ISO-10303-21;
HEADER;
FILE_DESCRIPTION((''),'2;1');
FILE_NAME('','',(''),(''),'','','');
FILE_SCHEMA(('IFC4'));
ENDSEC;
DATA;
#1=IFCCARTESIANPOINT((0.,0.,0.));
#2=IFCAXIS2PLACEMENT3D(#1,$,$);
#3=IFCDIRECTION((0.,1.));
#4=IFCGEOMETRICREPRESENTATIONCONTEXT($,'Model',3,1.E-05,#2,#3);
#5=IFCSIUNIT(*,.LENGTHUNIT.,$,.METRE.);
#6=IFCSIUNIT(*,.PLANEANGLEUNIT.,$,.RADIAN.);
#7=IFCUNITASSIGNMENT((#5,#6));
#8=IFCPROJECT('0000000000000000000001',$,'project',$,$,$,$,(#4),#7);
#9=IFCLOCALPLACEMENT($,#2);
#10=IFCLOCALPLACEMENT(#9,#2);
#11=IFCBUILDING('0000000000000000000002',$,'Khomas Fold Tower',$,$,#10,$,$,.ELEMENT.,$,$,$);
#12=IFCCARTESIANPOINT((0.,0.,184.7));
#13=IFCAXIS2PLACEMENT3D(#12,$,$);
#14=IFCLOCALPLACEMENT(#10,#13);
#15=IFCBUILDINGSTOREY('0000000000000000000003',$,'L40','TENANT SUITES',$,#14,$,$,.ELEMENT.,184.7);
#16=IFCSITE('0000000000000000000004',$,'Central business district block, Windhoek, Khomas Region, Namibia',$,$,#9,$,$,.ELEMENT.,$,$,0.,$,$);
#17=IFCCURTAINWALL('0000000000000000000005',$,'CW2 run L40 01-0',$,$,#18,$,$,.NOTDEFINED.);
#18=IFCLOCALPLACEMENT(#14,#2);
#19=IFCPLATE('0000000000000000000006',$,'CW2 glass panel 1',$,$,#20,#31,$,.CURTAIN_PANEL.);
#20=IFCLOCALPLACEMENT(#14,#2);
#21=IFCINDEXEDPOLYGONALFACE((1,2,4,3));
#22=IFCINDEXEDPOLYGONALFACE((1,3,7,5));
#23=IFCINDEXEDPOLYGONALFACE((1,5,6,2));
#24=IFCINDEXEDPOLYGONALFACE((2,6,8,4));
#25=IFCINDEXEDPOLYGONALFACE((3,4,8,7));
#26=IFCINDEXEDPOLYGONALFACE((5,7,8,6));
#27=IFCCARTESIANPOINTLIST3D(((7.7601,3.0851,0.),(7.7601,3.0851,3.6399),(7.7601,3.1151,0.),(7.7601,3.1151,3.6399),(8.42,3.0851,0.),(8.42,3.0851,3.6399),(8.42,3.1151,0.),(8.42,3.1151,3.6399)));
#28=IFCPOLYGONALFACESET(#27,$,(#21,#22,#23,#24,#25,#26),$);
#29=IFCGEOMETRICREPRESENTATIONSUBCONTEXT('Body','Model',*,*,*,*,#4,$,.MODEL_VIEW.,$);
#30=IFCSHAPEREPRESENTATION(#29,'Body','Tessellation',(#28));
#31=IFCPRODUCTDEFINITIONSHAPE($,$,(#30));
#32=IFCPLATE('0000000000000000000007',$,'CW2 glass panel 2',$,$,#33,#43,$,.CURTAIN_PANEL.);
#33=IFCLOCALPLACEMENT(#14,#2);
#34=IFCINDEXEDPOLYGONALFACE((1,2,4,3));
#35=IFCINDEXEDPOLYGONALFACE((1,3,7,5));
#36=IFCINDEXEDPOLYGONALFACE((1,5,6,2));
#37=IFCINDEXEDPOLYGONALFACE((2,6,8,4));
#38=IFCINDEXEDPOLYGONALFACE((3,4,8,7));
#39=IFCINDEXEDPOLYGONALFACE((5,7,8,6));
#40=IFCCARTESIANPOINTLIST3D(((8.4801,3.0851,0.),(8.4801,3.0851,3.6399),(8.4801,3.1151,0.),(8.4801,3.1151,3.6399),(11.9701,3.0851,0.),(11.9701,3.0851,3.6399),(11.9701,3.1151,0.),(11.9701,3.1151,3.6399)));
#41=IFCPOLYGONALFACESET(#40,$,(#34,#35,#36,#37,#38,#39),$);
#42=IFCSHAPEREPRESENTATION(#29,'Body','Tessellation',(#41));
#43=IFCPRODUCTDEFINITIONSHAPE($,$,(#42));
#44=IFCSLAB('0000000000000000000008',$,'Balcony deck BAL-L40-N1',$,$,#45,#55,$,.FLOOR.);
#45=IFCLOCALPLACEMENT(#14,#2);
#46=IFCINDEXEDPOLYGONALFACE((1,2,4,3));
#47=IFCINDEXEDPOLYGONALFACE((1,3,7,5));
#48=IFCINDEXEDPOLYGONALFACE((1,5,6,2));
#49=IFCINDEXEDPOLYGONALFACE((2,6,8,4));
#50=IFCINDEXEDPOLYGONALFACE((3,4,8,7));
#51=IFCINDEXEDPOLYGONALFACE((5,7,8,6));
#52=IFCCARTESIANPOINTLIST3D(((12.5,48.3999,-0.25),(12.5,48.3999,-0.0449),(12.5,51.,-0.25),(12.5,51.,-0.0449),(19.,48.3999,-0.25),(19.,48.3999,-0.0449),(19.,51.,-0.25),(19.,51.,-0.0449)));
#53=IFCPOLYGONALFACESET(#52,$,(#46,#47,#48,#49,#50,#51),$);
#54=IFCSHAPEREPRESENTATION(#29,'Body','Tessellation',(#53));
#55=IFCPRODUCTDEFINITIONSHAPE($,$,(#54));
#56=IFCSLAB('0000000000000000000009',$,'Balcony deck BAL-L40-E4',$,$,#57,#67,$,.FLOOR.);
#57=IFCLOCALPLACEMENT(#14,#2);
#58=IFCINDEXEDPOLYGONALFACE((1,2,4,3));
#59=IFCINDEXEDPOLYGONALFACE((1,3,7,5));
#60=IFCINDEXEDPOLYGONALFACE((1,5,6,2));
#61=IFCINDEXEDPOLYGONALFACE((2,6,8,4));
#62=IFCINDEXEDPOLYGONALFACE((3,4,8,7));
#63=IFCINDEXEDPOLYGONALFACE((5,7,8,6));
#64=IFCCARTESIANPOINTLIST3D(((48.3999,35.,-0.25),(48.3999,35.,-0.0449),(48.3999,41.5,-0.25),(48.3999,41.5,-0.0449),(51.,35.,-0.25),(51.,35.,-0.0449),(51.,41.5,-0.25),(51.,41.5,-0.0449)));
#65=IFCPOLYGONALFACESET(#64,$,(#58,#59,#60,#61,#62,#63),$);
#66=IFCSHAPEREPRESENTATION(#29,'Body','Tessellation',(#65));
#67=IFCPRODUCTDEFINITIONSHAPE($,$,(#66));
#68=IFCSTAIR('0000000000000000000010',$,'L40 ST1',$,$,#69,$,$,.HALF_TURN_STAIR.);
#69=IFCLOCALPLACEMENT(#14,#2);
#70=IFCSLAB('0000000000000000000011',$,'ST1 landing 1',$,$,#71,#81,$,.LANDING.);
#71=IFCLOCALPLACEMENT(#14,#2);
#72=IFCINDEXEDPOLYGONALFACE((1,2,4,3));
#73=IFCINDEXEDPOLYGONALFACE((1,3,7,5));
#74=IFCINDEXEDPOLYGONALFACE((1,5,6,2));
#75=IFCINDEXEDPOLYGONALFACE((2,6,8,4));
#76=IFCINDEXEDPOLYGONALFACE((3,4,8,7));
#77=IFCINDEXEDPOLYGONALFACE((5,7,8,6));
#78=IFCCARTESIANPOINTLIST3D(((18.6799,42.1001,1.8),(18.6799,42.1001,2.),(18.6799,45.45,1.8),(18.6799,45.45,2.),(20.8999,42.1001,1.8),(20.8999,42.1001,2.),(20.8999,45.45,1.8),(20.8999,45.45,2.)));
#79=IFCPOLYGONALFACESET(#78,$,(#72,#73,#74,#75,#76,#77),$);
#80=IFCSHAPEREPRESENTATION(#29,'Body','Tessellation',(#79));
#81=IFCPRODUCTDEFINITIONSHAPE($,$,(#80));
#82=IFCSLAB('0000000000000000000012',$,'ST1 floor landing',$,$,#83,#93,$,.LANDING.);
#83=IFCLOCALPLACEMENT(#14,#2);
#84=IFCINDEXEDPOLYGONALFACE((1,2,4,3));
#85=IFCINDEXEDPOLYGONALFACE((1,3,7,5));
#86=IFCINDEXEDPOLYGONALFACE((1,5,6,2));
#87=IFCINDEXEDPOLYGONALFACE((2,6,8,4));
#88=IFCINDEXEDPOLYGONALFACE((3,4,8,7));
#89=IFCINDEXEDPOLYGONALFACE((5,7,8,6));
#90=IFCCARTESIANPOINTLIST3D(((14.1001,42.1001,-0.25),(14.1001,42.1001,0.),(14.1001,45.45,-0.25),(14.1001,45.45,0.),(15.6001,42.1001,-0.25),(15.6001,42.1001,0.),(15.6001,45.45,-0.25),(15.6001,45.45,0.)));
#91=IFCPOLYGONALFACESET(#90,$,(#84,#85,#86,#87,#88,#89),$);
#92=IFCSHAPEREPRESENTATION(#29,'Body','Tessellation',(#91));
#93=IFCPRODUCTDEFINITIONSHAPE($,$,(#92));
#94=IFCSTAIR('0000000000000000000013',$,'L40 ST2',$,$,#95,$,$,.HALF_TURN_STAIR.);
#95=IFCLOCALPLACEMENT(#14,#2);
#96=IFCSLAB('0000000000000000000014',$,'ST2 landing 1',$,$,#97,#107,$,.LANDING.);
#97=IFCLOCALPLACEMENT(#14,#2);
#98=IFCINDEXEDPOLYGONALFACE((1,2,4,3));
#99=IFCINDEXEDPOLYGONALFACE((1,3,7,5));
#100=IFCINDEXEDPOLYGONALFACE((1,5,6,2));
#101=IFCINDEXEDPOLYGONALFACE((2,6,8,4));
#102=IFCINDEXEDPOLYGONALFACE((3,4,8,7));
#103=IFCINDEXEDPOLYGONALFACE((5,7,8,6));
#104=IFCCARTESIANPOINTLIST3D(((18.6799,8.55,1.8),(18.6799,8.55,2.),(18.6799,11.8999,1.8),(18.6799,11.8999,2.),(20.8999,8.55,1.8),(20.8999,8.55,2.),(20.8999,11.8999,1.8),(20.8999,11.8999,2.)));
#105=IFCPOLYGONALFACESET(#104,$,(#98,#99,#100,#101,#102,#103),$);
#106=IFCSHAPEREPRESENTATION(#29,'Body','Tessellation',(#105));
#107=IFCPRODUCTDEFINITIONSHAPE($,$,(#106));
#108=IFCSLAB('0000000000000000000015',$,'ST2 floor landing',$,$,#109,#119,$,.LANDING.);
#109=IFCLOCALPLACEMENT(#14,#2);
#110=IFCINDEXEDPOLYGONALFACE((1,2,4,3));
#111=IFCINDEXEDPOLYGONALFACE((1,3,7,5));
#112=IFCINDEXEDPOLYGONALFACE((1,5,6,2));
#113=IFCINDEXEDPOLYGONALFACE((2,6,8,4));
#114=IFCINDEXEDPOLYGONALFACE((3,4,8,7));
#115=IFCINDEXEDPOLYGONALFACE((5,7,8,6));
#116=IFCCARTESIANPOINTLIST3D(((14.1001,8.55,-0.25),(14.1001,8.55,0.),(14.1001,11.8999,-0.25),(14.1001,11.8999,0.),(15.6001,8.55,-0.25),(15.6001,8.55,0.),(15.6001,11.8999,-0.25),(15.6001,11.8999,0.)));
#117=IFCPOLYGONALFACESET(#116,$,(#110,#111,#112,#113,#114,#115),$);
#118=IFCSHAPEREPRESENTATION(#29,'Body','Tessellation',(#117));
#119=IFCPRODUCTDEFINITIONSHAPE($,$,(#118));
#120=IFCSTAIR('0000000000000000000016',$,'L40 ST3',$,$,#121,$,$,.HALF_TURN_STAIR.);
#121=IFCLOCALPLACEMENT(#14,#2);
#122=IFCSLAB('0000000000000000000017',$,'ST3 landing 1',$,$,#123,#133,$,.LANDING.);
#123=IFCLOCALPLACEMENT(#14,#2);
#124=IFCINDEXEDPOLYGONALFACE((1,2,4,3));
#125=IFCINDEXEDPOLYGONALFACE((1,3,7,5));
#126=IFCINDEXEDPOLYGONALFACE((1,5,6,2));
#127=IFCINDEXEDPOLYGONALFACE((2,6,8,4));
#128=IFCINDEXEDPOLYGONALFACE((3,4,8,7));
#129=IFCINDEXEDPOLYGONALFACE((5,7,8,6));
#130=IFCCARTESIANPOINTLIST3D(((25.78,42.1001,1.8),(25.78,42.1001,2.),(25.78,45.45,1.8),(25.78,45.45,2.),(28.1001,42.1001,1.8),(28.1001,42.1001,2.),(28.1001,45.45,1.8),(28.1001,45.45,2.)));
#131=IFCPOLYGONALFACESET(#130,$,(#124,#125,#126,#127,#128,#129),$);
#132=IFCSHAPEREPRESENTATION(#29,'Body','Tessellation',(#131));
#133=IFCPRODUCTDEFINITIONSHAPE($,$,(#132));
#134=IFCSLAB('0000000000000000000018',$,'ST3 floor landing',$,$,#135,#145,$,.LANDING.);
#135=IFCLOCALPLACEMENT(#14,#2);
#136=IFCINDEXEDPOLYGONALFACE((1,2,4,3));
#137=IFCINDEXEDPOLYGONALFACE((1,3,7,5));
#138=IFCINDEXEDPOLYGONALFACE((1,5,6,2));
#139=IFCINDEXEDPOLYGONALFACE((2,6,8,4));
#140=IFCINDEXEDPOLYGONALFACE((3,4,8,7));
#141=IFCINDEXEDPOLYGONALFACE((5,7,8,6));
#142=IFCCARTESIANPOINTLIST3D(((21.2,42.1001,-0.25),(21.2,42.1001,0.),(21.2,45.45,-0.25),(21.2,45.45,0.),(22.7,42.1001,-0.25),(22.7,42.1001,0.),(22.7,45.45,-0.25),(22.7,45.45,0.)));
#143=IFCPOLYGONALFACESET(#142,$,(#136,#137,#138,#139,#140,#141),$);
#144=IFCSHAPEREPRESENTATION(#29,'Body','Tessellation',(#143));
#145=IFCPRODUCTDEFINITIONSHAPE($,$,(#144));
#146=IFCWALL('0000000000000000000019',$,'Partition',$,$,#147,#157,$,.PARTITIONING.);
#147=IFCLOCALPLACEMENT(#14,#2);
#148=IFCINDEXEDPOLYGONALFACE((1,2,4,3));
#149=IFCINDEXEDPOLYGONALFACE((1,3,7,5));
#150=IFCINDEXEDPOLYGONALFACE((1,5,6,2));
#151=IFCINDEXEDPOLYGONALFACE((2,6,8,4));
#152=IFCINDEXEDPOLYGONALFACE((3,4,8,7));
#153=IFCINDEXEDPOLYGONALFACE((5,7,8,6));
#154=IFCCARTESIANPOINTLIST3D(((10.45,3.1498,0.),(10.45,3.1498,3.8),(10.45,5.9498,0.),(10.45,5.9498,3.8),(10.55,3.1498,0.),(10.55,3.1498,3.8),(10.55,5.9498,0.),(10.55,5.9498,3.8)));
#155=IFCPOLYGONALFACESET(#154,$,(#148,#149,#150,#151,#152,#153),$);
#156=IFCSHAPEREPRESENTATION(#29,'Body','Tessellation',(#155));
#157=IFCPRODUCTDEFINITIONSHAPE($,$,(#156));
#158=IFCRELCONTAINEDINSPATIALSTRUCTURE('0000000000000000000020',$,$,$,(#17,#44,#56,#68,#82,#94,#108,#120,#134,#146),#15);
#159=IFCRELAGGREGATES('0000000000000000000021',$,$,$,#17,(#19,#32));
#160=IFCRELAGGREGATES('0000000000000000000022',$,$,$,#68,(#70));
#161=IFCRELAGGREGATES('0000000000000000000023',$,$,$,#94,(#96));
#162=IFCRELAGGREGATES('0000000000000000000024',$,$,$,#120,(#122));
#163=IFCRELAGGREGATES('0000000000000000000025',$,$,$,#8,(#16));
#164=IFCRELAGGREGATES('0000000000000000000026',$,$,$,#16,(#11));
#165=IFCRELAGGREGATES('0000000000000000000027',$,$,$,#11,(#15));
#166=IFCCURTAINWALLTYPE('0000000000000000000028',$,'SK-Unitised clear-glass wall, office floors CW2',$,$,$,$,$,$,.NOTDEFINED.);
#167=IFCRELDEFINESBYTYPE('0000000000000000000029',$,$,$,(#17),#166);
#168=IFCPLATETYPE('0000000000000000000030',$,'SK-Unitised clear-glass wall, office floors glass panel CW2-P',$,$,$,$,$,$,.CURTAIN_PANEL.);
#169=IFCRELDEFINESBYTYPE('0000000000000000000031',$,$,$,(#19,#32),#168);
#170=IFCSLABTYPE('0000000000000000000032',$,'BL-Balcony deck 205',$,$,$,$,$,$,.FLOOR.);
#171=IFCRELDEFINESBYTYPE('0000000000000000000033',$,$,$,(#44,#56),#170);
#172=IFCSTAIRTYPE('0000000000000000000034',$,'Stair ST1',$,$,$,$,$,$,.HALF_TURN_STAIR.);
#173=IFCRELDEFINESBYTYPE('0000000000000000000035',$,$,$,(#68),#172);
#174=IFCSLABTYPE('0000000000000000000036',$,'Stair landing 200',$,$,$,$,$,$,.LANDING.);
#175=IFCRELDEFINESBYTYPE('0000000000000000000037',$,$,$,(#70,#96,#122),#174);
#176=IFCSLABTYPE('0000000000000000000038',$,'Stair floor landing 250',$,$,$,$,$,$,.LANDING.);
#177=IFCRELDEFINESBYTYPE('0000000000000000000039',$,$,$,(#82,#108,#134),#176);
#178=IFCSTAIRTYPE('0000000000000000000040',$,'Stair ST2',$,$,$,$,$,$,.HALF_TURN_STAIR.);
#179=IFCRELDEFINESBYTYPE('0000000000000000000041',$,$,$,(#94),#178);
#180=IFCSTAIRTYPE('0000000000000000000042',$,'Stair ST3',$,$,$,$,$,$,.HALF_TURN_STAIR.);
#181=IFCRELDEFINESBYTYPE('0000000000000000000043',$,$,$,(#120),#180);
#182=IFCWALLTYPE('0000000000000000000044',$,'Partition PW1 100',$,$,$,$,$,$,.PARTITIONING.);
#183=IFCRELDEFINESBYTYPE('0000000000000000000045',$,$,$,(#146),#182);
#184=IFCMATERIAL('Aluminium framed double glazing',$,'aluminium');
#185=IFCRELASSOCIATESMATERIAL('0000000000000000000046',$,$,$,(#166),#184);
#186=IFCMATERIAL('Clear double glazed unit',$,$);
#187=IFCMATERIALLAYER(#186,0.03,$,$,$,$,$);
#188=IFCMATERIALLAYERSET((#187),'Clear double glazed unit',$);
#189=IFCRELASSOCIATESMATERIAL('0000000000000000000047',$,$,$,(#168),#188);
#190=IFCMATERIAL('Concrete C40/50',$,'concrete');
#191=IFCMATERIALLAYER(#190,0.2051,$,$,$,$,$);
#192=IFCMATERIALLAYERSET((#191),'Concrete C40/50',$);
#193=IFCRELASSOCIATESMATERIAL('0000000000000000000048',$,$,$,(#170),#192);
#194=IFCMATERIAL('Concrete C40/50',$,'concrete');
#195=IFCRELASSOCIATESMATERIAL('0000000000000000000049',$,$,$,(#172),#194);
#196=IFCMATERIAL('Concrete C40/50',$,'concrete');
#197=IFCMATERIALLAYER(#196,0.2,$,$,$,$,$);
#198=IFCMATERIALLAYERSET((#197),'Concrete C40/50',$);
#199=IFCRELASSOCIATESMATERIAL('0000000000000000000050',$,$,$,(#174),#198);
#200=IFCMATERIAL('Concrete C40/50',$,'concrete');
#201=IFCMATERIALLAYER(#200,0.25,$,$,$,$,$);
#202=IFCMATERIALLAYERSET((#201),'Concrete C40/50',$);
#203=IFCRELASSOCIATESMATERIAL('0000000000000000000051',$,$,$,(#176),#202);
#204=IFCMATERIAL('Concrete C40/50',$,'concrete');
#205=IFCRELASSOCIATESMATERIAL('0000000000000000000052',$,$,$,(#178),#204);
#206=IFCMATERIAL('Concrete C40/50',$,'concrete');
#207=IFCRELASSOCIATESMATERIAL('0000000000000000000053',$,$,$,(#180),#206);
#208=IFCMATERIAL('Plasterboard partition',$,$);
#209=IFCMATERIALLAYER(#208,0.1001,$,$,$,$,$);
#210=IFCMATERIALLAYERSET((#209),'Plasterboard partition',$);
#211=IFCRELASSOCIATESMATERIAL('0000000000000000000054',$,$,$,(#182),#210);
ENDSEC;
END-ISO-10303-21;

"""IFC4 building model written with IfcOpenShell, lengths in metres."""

from ifc_helpers import new_model, si_unit, direction, frame, frame_2d, origin, origin_2d, place, context, subcontext, project, spatial, polyline, rectangle, outline, extrude, source, transform, mapped, material, layer, layer_set, type_object, element, aggregate, save


model = new_model("IFC4")

# Units and contexts
model_context = context("Model", 3, precision=1e-05, world=origin(), true_north=direction((0.0, 1.0)))
body_context = subcontext(model_context, "Body", "Model", "MODEL_VIEW")
ifc_project = project(units=[si_unit("LENGTHUNIT", "METRE"), si_unit("PLANEANGLEUNIT", "RADIAN")], contexts=[model_context])

# Site, building, storey
site_placement = place(None, origin())
site = spatial("IfcSite", under=ifc_project, at=site_placement, Name="Central business district block, Windhoek, Khomas Region, Namibia", CompositionType="ELEMENT", RefElevation=0.0)
building_placement = place(site_placement, origin())
building = spatial("IfcBuilding", under=site, at=building_placement, Name="Khomas Fold Tower", CompositionType="ELEMENT")
storey_placement = place(building_placement, frame((0.0, 0.0, 184.7)))
storey = spatial("IfcBuildingStorey", under=building, at=storey_placement, Name="L40", Description="TENANT SUITES", CompositionType="ELEMENT", Elevation=184.7)

# Shared definitions
ifc_material_1 = material(Name="Aluminium framed double glazing", Category="aluminium")
curtain_wall_type = type_object("IfcCurtainWallType", Name="SK-Unitised clear-glass wall, office floors CW2", PredefinedType="NOTDEFINED", material=ifc_material_1)

# Curtain wall
curtain_wall_1_placement = place(storey_placement, origin())
curtain_wall_1 = element("IfcCurtainWall", 1, at=curtain_wall_1_placement, inside=storey, type_object=curtain_wall_type, Name="CW2 run L40 01-0", PredefinedType="NOTDEFINED")

# Plates
ifc_material_2 = material(Name="Clear double glazed unit")
ifc_layer_1 = layer(ifc_material_2, 0.03)
ifc_layer_set_1 = layer_set([ifc_layer_1], Name="Clear double glazed unit")
plate_type_1 = type_object("IfcPlateType", Name="SK-Unitised clear-glass wall, office floors glass panel CW2-P", PredefinedType="CURTAIN_PANEL", material=ifc_layer_set_1)
shared_shape_1 = source(origin(), body_context, "Body", "SweptSolid", [
    extrude(rectangle(XDim=0.6599, YDim=0.03, at=origin_2d()), origin(), (0.0, 0.0, 1.0), 3.6399),
])
plate_1_placement = place(storey_placement, frame((8.0901, 3.1001, 0.0), z_axis=(0.0, 0.0, 1.0), x_axis=(1.0, 0.0, 0.0)))
plate_1 = element("IfcPlate", 2, at=plate_1_placement, type_object=plate_type_1, Name="CW2 glass panel 1", PredefinedType="CURTAIN_PANEL", context=body_context, shape_type="MappedRepresentation", body=[
    mapped(shared_shape_1, transform((0.0, 0.0, 0.0))),
])
shared_shape_2 = source(origin(), body_context, "Body", "SweptSolid", [
    extrude(rectangle(XDim=3.49, YDim=0.03, at=origin_2d()), origin(), (0.0, 0.0, 1.0), 3.6399),
])
plate_2_placement = place(storey_placement, frame((10.2251, 3.1001, 0.0), z_axis=(0.0, 0.0, 1.0), x_axis=(1.0, 0.0, 0.0)))
plate_2 = element("IfcPlate", 3, at=plate_2_placement, type_object=plate_type_1, Name="CW2 glass panel 2", PredefinedType="CURTAIN_PANEL", context=body_context, shape_type="MappedRepresentation", body=[
    mapped(shared_shape_2, transform((0.0, 0.0, 0.0))),
])
aggregate(curtain_wall_1, [plate_1, plate_2])

# Slabs
ifc_material_3 = material(Name="Concrete C40/50", Category="concrete")
ifc_layer_2 = layer(ifc_material_3, 0.2051)
ifc_layer_set_2 = layer_set([ifc_layer_2], Name="Concrete C40/50")
slab_type_1 = type_object("IfcSlabType", Name="BL-Balcony deck 205", PredefinedType="FLOOR", material=ifc_layer_set_2)
shared_shape_3 = source(origin(), body_context, "Body", "SweptSolid", [
    extrude(outline(polyline([(12.5, 48.3999), (19.0, 48.3999), (19.0, 51.0), (12.5, 51.0), (12.5, 48.3999)])), origin(), (0.0, 0.0, 1.0), 0.2051),
])
slab_1_placement = place(storey_placement, frame((0.0, 0.0, -0.25)))
element("IfcSlab", 4, at=slab_1_placement, inside=storey, type_object=slab_type_1, Name="Balcony deck BAL-L40-N1", PredefinedType="FLOOR", context=body_context, shape_type="MappedRepresentation", body=[
    mapped(shared_shape_3, transform((0.0, 0.0, 0.0))),
])
shared_shape_4 = source(origin(), body_context, "Body", "SweptSolid", [
    extrude(outline(polyline([(48.3999, 35.0), (51.0, 35.0), (51.0, 41.5), (48.3999, 41.5), (48.3999, 35.0)])), origin(), (0.0, 0.0, 1.0), 0.2051),
])
slab_2_placement = place(storey_placement, frame((0.0, 0.0, -0.25)))
element("IfcSlab", 5, at=slab_2_placement, inside=storey, type_object=slab_type_1, Name="Balcony deck BAL-L40-E4", PredefinedType="FLOOR", context=body_context, shape_type="MappedRepresentation", body=[
    mapped(shared_shape_4, transform((0.0, 0.0, 0.0))),
])

# Stair, slab
ifc_material_4 = material(Name="Concrete C40/50", Category="concrete")
stair_type_1 = type_object("IfcStairType", Name="Stair ST1", PredefinedType="HALF_TURN_STAIR", material=ifc_material_4)
stair_1_placement = place(storey_placement, origin())
stair_1 = element("IfcStair", 6, at=stair_1_placement, inside=storey, type_object=stair_type_1, Name="L40 ST1", PredefinedType="HALF_TURN_STAIR")
ifc_material_5 = material(Name="Concrete C40/50", Category="concrete")
ifc_layer_3 = layer(ifc_material_5, 0.2)
ifc_layer_set_3 = layer_set([ifc_layer_3], Name="Concrete C40/50")
slab_type_2 = type_object("IfcSlabType", Name="Stair landing 200", PredefinedType="LANDING", material=ifc_layer_set_3)
shared_shape_5 = source(origin(), body_context, "Body", "SweptSolid", [
    extrude(outline(polyline([(18.6799, 42.1001), (20.8999, 42.1001), (20.8999, 45.45), (18.6799, 45.45), (18.6799, 42.1001)])), origin(), (0.0, 0.0, 1.0), 0.2),
])
slab_3_placement = place(storey_placement, frame((0.0, 0.0, 1.8)))
slab_3 = element("IfcSlab", 7, at=slab_3_placement, type_object=slab_type_2, Name="ST1 landing 1", PredefinedType="LANDING", context=body_context, shape_type="MappedRepresentation", body=[
    mapped(shared_shape_5, transform((0.0, 0.0, 0.0))),
])
aggregate(stair_1, [slab_3])

# Slab
ifc_material_6 = material(Name="Concrete C40/50", Category="concrete")
ifc_layer_4 = layer(ifc_material_6, 0.25)
ifc_layer_set_4 = layer_set([ifc_layer_4], Name="Concrete C40/50")
slab_type_3 = type_object("IfcSlabType", Name="Stair floor landing 250", PredefinedType="LANDING", material=ifc_layer_set_4)
shared_shape_6 = source(origin(), body_context, "Body", "SweptSolid", [
    extrude(outline(polyline([(15.6001, 42.1001), (14.1001, 42.1001), (14.1001, 45.45), (15.6001, 45.45), (15.6001, 42.1001)])), origin(), (0.0, 0.0, 1.0), 0.25),
])
slab_4_placement = place(storey_placement, frame((0.0, 0.0, -0.25)))
element("IfcSlab", 8, at=slab_4_placement, inside=storey, type_object=slab_type_3, Name="ST1 floor landing", PredefinedType="LANDING", context=body_context, shape_type="MappedRepresentation", body=[
    mapped(shared_shape_6, transform((0.0, 0.0, 0.0))),
])

# Stair, slab
ifc_material_7 = material(Name="Concrete C40/50", Category="concrete")
stair_type_2 = type_object("IfcStairType", Name="Stair ST2", PredefinedType="HALF_TURN_STAIR", material=ifc_material_7)
stair_2_placement = place(storey_placement, origin())
stair_2 = element("IfcStair", 9, at=stair_2_placement, inside=storey, type_object=stair_type_2, Name="L40 ST2", PredefinedType="HALF_TURN_STAIR")
shared_shape_7 = source(origin(), body_context, "Body", "SweptSolid", [
    extrude(outline(polyline([(18.6799, 8.55), (20.8999, 8.55), (20.8999, 11.8999), (18.6799, 11.8999), (18.6799, 8.55)])), origin(), (0.0, 0.0, 1.0), 0.2),
])
slab_5_placement = place(storey_placement, frame((0.0, 0.0, 1.8)))
slab_5 = element("IfcSlab", 10, at=slab_5_placement, type_object=slab_type_2, Name="ST2 landing 1", PredefinedType="LANDING", context=body_context, shape_type="MappedRepresentation", body=[
    mapped(shared_shape_7, transform((0.0, 0.0, 0.0))),
])
aggregate(stair_2, [slab_5])

# Slab
shared_shape_8 = source(origin(), body_context, "Body", "SweptSolid", [
    extrude(outline(polyline([(15.6001, 8.55), (14.1001, 8.55), (14.1001, 11.8999), (15.6001, 11.8999), (15.6001, 8.55)])), origin(), (0.0, 0.0, 1.0), 0.25),
])
slab_6_placement = place(storey_placement, frame((0.0, 0.0, -0.25)))
element("IfcSlab", 11, at=slab_6_placement, inside=storey, type_object=slab_type_3, Name="ST2 floor landing", PredefinedType="LANDING", context=body_context, shape_type="MappedRepresentation", body=[
    mapped(shared_shape_8, transform((0.0, 0.0, 0.0))),
])

# Stair, slab
ifc_material_8 = material(Name="Concrete C40/50", Category="concrete")
stair_type_3 = type_object("IfcStairType", Name="Stair ST3", PredefinedType="HALF_TURN_STAIR", material=ifc_material_8)
stair_3_placement = place(storey_placement, origin())
stair_3 = element("IfcStair", 12, at=stair_3_placement, inside=storey, type_object=stair_type_3, Name="L40 ST3", PredefinedType="HALF_TURN_STAIR")
shared_shape_9 = source(origin(), body_context, "Body", "SweptSolid", [
    extrude(outline(polyline([(25.78, 42.1001), (28.1001, 42.1001), (28.1001, 45.45), (25.78, 45.45), (25.78, 42.1001)])), origin(), (0.0, 0.0, 1.0), 0.2),
])
slab_7_placement = place(storey_placement, frame((0.0, 0.0, 1.8)))
slab_7 = element("IfcSlab", 13, at=slab_7_placement, type_object=slab_type_2, Name="ST3 landing 1", PredefinedType="LANDING", context=body_context, shape_type="MappedRepresentation", body=[
    mapped(shared_shape_9, transform((0.0, 0.0, 0.0))),
])
aggregate(stair_3, [slab_7])

# Slab
shared_shape_10 = source(origin(), body_context, "Body", "SweptSolid", [
    extrude(outline(polyline([(22.7, 42.1001), (21.2, 42.1001), (21.2, 45.45), (22.7, 45.45), (22.7, 42.1001)])), origin(), (0.0, 0.0, 1.0), 0.25),
])
slab_8_placement = place(storey_placement, frame((0.0, 0.0, -0.25)))
element("IfcSlab", 14, at=slab_8_placement, inside=storey, type_object=slab_type_3, Name="ST3 floor landing", PredefinedType="LANDING", context=body_context, shape_type="MappedRepresentation", body=[
    mapped(shared_shape_10, transform((0.0, 0.0, 0.0))),
])

# Wall
ifc_material_9 = material(Name="Plasterboard partition")
ifc_layer_5 = layer(ifc_material_9, 0.1001)
ifc_layer_set_5 = layer_set([ifc_layer_5], Name="Plasterboard partition")
wall_type_1 = type_object("IfcWallType", Name="Partition PW1 100", PredefinedType="PARTITIONING", material=ifc_layer_set_5)
shared_shape_11 = source(origin(), body_context, "Body", "SweptSolid", [
    extrude(rectangle(XDim=2.8, YDim=0.1001, at=frame_2d((1.3999, 0.0))), origin(), (0.0, 0.0, 1.0), 3.8),
])
wall_1_placement = place(storey_placement, frame((10.5, 3.1499, 0.0), z_axis=(0.0, 0.0, 1.0), x_axis=(0.0, 1.0, 0.0)))
element("IfcWall", 15, at=wall_1_placement, inside=storey, type_object=wall_type_1, Name="Partition", PredefinedType="PARTITIONING", context=body_context, shape_type="MappedRepresentation", body=[
    mapped(shared_shape_11, transform((0.0, 0.0, 0.0))),
])

save(model, "model.ifc")
